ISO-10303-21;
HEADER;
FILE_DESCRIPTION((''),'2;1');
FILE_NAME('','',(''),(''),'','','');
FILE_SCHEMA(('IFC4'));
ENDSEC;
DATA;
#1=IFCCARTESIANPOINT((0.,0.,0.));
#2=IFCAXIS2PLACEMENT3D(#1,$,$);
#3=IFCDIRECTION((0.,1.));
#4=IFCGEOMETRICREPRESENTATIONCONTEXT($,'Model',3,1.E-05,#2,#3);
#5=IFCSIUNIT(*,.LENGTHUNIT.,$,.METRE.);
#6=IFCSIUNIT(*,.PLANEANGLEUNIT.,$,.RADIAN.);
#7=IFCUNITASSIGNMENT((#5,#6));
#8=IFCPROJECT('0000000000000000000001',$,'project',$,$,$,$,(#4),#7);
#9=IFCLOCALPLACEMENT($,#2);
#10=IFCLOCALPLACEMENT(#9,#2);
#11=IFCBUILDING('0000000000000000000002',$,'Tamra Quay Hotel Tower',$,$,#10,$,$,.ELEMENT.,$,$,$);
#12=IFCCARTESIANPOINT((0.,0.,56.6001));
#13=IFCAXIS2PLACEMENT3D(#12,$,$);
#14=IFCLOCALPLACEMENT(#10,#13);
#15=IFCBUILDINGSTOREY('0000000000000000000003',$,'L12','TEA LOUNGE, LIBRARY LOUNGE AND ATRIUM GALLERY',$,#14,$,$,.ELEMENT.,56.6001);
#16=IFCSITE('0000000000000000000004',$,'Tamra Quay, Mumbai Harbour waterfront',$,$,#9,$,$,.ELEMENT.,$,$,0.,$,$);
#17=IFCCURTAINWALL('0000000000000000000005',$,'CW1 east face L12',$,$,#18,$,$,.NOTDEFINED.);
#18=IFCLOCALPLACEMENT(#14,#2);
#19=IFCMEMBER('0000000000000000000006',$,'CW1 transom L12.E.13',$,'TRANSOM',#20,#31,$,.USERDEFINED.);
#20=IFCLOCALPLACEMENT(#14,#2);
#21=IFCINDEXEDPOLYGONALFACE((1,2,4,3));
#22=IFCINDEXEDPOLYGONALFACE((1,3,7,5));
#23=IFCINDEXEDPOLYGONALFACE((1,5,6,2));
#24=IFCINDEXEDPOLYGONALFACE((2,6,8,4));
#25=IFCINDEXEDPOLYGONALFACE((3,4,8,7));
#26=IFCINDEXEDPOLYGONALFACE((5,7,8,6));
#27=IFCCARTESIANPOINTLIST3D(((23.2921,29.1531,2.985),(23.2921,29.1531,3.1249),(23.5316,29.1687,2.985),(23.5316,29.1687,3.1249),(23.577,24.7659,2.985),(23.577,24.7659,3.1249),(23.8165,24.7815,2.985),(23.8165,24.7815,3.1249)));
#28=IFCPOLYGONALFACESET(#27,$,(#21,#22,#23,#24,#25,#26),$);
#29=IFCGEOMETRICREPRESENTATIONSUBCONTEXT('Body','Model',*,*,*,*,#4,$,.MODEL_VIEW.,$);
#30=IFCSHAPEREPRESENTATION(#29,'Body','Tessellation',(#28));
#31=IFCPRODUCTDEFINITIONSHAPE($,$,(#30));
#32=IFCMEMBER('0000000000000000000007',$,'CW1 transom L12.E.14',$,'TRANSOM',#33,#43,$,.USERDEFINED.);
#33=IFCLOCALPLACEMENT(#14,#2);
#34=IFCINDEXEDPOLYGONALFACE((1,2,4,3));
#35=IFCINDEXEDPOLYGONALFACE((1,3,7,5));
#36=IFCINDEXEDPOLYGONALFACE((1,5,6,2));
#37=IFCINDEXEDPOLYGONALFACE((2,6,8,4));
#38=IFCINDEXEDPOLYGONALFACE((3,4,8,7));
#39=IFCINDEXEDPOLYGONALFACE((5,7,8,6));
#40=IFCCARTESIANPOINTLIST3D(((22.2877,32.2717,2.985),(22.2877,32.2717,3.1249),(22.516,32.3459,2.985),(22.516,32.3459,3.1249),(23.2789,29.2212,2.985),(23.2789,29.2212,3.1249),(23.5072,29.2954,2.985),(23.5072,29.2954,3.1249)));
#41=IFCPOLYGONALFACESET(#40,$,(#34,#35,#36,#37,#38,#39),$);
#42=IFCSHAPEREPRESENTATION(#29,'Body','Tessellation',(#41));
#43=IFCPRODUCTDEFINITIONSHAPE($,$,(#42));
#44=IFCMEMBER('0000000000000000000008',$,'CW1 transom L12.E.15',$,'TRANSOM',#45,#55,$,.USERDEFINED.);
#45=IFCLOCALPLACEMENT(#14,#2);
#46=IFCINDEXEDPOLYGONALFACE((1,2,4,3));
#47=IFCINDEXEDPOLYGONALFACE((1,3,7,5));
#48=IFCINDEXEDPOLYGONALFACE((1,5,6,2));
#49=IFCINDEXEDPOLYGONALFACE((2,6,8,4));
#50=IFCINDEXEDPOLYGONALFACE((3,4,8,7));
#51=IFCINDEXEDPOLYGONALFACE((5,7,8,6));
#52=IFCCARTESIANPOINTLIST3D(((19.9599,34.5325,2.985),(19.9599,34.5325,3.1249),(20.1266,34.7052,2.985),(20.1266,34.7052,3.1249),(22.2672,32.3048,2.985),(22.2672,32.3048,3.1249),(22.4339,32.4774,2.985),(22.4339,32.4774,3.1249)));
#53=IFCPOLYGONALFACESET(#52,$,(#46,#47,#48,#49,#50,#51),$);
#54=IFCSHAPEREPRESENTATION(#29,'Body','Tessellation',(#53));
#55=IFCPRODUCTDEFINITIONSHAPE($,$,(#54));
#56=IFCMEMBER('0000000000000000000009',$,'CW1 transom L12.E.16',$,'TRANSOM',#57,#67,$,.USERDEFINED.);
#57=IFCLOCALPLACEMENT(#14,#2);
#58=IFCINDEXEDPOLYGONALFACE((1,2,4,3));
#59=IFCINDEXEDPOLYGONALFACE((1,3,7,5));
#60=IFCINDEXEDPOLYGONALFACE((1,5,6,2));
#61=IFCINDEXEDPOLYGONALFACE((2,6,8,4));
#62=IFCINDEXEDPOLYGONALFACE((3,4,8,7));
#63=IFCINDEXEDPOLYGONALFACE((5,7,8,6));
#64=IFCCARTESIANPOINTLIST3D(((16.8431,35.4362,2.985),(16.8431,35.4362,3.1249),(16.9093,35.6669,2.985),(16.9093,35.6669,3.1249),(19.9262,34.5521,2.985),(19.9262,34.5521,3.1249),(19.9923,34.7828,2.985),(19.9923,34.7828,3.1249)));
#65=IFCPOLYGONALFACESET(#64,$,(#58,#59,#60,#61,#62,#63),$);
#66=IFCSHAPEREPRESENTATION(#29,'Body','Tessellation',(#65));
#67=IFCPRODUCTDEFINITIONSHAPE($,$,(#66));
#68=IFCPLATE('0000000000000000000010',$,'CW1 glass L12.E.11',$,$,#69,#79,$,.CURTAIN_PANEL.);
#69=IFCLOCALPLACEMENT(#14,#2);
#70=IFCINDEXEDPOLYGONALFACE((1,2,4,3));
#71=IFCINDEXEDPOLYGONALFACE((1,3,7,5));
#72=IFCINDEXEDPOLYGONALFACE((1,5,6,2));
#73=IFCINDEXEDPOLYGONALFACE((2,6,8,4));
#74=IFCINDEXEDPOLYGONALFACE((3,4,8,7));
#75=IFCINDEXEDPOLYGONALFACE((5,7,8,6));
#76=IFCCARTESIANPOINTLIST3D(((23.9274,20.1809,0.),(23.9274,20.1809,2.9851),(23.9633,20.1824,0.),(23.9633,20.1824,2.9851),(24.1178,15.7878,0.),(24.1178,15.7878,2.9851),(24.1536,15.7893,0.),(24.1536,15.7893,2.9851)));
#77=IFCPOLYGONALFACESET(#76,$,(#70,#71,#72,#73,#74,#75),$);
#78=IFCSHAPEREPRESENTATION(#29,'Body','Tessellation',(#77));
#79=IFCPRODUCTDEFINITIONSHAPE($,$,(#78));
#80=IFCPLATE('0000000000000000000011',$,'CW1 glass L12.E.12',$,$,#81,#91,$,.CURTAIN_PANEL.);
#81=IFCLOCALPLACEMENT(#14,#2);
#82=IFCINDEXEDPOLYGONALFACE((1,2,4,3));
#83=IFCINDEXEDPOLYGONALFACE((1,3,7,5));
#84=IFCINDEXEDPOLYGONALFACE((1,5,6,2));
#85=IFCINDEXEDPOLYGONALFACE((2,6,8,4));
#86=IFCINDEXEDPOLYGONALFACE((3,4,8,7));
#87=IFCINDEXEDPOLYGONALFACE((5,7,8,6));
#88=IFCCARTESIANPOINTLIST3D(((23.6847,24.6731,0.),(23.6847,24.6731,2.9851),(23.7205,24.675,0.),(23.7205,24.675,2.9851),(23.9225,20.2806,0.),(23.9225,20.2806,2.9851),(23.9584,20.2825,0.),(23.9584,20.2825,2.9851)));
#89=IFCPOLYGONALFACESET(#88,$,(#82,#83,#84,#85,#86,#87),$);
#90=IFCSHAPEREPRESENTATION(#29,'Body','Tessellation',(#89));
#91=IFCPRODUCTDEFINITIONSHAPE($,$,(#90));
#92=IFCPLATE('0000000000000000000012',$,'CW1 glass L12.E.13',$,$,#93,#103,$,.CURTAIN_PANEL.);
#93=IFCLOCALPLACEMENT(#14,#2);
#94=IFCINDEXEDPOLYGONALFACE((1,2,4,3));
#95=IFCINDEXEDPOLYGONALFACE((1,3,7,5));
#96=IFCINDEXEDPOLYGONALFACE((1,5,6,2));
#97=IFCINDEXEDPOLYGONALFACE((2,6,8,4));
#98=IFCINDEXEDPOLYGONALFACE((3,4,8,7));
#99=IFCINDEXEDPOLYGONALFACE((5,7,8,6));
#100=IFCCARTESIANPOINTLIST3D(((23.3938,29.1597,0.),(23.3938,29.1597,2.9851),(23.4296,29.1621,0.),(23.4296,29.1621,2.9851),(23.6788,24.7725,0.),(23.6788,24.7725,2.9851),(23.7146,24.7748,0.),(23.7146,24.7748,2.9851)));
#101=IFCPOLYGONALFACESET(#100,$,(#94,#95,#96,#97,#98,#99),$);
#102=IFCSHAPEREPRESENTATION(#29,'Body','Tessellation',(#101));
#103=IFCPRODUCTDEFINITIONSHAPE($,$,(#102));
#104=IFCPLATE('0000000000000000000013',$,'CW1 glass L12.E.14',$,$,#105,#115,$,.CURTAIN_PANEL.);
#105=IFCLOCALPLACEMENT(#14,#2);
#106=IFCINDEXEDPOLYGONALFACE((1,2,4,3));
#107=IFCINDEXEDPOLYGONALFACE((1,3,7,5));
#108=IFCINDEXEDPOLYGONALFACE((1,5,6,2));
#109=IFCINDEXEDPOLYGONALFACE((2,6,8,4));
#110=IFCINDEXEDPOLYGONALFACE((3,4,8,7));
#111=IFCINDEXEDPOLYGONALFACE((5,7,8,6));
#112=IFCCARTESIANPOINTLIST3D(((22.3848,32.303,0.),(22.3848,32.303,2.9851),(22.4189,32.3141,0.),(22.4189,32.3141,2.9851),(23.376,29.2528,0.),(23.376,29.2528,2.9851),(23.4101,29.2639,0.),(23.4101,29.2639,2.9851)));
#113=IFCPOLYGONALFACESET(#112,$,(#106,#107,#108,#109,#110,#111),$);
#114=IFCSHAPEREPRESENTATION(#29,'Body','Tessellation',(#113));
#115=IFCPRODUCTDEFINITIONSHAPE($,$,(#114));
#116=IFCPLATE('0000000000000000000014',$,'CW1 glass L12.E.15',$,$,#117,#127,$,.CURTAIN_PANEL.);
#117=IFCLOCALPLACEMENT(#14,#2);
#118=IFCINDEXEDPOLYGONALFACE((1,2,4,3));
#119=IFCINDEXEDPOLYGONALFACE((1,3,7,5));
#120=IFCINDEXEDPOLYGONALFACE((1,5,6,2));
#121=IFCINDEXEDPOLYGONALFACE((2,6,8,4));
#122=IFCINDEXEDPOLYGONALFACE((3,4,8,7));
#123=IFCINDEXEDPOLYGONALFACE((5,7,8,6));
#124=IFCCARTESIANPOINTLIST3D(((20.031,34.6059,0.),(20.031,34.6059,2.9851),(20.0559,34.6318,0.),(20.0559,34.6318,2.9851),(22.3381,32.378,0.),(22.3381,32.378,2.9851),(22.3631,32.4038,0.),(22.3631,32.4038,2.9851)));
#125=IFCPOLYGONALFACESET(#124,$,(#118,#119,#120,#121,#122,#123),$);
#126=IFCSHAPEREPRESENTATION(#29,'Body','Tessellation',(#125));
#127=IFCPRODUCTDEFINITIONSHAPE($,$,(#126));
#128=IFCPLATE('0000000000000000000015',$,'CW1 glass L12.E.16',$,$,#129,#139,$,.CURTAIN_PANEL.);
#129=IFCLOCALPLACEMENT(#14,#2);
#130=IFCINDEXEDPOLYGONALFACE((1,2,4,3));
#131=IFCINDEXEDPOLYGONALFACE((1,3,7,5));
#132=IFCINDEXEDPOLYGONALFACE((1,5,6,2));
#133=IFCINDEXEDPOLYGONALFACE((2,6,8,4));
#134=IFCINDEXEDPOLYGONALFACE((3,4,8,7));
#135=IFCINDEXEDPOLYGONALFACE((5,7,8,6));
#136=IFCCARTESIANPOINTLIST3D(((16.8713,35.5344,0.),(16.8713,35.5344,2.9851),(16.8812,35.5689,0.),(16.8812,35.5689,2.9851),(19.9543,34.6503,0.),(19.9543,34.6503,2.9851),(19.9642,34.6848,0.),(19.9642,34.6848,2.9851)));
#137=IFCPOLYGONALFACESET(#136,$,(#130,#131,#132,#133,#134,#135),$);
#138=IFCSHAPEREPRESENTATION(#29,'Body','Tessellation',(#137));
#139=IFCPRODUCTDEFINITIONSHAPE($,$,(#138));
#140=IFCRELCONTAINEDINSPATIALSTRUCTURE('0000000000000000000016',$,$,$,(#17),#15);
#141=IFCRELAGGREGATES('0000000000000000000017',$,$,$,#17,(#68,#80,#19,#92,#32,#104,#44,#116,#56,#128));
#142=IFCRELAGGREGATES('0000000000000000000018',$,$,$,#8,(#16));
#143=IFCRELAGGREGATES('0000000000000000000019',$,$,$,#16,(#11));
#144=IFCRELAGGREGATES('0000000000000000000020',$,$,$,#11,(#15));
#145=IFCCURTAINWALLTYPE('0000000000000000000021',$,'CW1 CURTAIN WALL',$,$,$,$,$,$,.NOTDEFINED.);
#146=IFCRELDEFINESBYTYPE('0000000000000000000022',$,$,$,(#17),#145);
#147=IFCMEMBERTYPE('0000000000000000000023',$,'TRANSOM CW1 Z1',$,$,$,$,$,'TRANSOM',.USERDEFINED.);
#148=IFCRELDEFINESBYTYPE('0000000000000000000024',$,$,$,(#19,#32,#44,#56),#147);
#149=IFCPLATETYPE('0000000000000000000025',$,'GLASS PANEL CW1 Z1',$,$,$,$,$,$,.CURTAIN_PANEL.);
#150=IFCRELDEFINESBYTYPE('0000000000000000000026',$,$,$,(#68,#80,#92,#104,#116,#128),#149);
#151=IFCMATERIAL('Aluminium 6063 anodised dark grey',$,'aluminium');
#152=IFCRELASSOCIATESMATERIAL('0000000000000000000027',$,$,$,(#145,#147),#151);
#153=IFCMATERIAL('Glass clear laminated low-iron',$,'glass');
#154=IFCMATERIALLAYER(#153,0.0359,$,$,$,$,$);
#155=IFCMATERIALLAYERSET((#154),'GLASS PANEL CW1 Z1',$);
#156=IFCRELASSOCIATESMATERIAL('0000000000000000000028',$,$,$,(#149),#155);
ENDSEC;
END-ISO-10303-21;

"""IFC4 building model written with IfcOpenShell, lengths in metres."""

from ifc_helpers import new_model, si_unit, direction, frame, origin, origin_2d, place, context, subcontext, project, spatial, rectangle, extrude, material, layer, layer_set, material_profile, profile_set, type_object, element, aggregate, save


model = new_model("IFC4")

# Units and contexts
model_context = context("Model", 3, precision=1e-05, world=origin(), true_north=direction((0.0, 1.0)))
body_context = subcontext(model_context, "Body", "Model", "MODEL_VIEW")
ifc_project = project(units=[si_unit("LENGTHUNIT", "METRE"), si_unit("PLANEANGLEUNIT", "RADIAN")], contexts=[model_context])

# Site, building, storey
site_placement = place(None, origin())
site = spatial("IfcSite", under=ifc_project, at=site_placement, Name="Tamra Quay, Mumbai Harbour waterfront", CompositionType="ELEMENT", RefElevation=0.0)
building_placement = place(site_placement, origin())
building = spatial("IfcBuilding", under=site, at=building_placement, Name="Tamra Quay Hotel Tower", CompositionType="ELEMENT")
storey_placement = place(building_placement, frame((0.0, 0.0, 56.6001)))
storey = spatial("IfcBuildingStorey", under=building, at=storey_placement, Name="L12", Description="TEA LOUNGE, LIBRARY LOUNGE AND ATRIUM GALLERY", CompositionType="ELEMENT", Elevation=56.6001)

# Curtain wall
ifc_material_1 = material(Name="Aluminium 6063 anodised dark grey", Category="aluminium")
curtain_wall_type = type_object("IfcCurtainWallType", Name="CW1 CURTAIN WALL", PredefinedType="NOTDEFINED", material=ifc_material_1)
curtain_wall_placement = place(storey_placement, origin())
curtain_wall = element("IfcCurtainWall", 1, at=curtain_wall_placement, inside=storey, type_object=curtain_wall_type, Name="CW1 east face L12", PredefinedType="NOTDEFINED")

# Members
ifc_material_profile_1 = material_profile(ifc_material_1, rectangle(XDim=0.24, YDim=0.1399, at=origin_2d()), Name="TRANSOM 240X140")
ifc_profile_set_1 = profile_set([ifc_material_profile_1], Name="Aluminium 6063 anodised dark grey")
member_type_1 = type_object("IfcMemberType", Name="TRANSOM CW1 Z1", ElementType="TRANSOM", PredefinedType="USERDEFINED", material=ifc_profile_set_1)
member_1_placement = place(storey_placement, frame((23.6968, 24.7737, 3.0549), z_axis=(-0.064805, 0.997898, 0.0), x_axis=(-0.997898, -0.064805, 0.0)))
member_1 = element("IfcMember", 2, at=member_1_placement, type_object=member_type_1, Name="CW1 transom L12.E.13", ObjectType="TRANSOM", PredefinedType="USERDEFINED", context=body_context, shape_type="SweptSolid", body=[
    extrude(rectangle(XDim=0.24, YDim=0.1399, at=origin_2d()), origin(), (0.0, 0.0, 1.0), 4.3965),
])
member_2_placement = place(storey_placement, frame((23.3931, 29.2583, 3.0549), z_axis=(-0.309026, 0.951054, 0.0), x_axis=(-0.951054, -0.309026, 0.0)))
member_2 = element("IfcMember", 3, at=member_2_placement, type_object=member_type_1, Name="CW1 transom L12.E.14", ObjectType="TRANSOM", PredefinedType="USERDEFINED", context=body_context, shape_type="SweptSolid", body=[
    extrude(rectangle(XDim=0.24, YDim=0.1399, at=origin_2d()), origin(), (0.0, 0.0, 1.0), 3.2075),
])
member_3_placement = place(storey_placement, frame((22.3506, 32.3911, 3.0549), z_axis=(-0.719405, 0.69459, 0.0), x_axis=(-0.69459, -0.719405, 0.0)))
member_3 = element("IfcMember", 4, at=member_3_placement, type_object=member_type_1, Name="CW1 transom L12.E.15", ObjectType="TRANSOM", PredefinedType="USERDEFINED", context=body_context, shape_type="SweptSolid", body=[
    extrude(rectangle(XDim=0.24, YDim=0.1399, at=origin_2d()), origin(), (0.0, 0.0, 1.0), 3.2073),
])
member_4_placement = place(storey_placement, frame((19.9592, 34.6675, 3.0549), z_axis=(-0.961262, 0.275636, 0.0), x_axis=(-0.275636, -0.961262, 0.0)))
member_4 = element("IfcMember", 5, at=member_4_placement, type_object=member_type_1, Name="CW1 transom L12.E.16", ObjectType="TRANSOM", PredefinedType="USERDEFINED", context=body_context, shape_type="SweptSolid", body=[
    extrude(rectangle(XDim=0.24, YDim=0.1399, at=origin_2d()), origin(), (0.0, 0.0, 1.0), 3.2073),
])

# Plates
ifc_material_2 = material(Name="Glass clear laminated low-iron", Category="glass")
ifc_layer = layer(ifc_material_2, 0.0359)
ifc_layer_set = layer_set([ifc_layer], Name="GLASS PANEL CW1 Z1")
plate_type = type_object("IfcPlateType", Name="GLASS PANEL CW1 Z1", PredefinedType="CURTAIN_PANEL", material=ifc_layer_set)
plate_1_placement = place(storey_placement, frame((24.0405, 17.9851, 0.0), z_axis=(0.0, 0.0, 1.0), x_axis=(-0.043285, 0.999063, 0.0)))
plate_1 = element("IfcPlate", 6, at=plate_1_placement, type_object=plate_type, Name="CW1 glass L12.E.11", PredefinedType="CURTAIN_PANEL", context=body_context, shape_type="SweptSolid", body=[
    extrude(rectangle(XDim=4.3972, YDim=0.0359, at=origin_2d()), origin(), (0.0, 0.0, 1.0), 2.9851),
])
plate_2_placement = place(storey_placement, frame((23.8215, 22.4778, 0.0), z_axis=(0.0, 0.0, 1.0), x_axis=(-0.054062, 0.998538, 0.0)))
plate_2 = element("IfcPlate", 7, at=plate_2_placement, type_object=plate_type, Name="CW1 glass L12.E.12", PredefinedType="CURTAIN_PANEL", context=body_context, shape_type="SweptSolid", body=[
    extrude(rectangle(XDim=4.3989, YDim=0.0359, at=origin_2d()), origin(), (0.0, 0.0, 1.0), 2.9851),
])
plate_3_placement = place(storey_placement, frame((23.5542, 26.9673, 0.0), z_axis=(0.0, 0.0, 1.0), x_axis=(-0.064813, 0.997897, 0.0)))
plate_3 = element("IfcPlate", 8, at=plate_3_placement, type_object=plate_type, Name="CW1 glass L12.E.13", PredefinedType="CURTAIN_PANEL", context=body_context, shape_type="SweptSolid", body=[
    extrude(rectangle(XDim=4.3965, YDim=0.0359, at=origin_2d()), origin(), (0.0, 0.0, 1.0), 2.9851),
])
plate_4_placement = place(storey_placement, frame((22.8975, 30.7834, 0.0), z_axis=(0.0, 0.0, 1.0), x_axis=(-0.309041, 0.951049, 0.0)))
plate_4 = element("IfcPlate", 9, at=plate_4_placement, type_object=plate_type, Name="CW1 glass L12.E.14", PredefinedType="CURTAIN_PANEL", context=body_context, shape_type="SweptSolid", body=[
    extrude(rectangle(XDim=3.2073, YDim=0.0359, at=origin_2d()), origin(), (0.0, 0.0, 1.0), 2.9851),
])
plate_5_placement = place(storey_placement, frame((21.197, 33.5049, 0.0), z_axis=(0.0, 0.0, 1.0), x_axis=(-0.719346, 0.694652, 0.0)))
plate_5 = element("IfcPlate", 10, at=plate_5_placement, type_object=plate_type, Name="CW1 glass L12.E.15", PredefinedType="CURTAIN_PANEL", context=body_context, shape_type="SweptSolid", body=[
    extrude(rectangle(XDim=3.2073, YDim=0.0359, at=origin_2d()), origin(), (0.0, 0.0, 1.0), 2.9851),
])
plate_6_placement = place(storey_placement, frame((18.4177, 35.1096, 0.0), z_axis=(0.0, 0.0, 1.0), x_axis=(-0.961259, 0.275645, 0.0)))
plate_6 = element("IfcPlate", 11, at=plate_6_placement, type_object=plate_type, Name="CW1 glass L12.E.16", PredefinedType="CURTAIN_PANEL", context=body_context, shape_type="SweptSolid", body=[
    extrude(rectangle(XDim=3.2073, YDim=0.0359, at=origin_2d()), origin(), (0.0, 0.0, 1.0), 2.9851),
])
aggregate(curtain_wall, [plate_1, plate_2, member_1, plate_3, member_2, plate_4, member_3, plate_5, member_4, plate_6])

save(model, "model.ifc")
